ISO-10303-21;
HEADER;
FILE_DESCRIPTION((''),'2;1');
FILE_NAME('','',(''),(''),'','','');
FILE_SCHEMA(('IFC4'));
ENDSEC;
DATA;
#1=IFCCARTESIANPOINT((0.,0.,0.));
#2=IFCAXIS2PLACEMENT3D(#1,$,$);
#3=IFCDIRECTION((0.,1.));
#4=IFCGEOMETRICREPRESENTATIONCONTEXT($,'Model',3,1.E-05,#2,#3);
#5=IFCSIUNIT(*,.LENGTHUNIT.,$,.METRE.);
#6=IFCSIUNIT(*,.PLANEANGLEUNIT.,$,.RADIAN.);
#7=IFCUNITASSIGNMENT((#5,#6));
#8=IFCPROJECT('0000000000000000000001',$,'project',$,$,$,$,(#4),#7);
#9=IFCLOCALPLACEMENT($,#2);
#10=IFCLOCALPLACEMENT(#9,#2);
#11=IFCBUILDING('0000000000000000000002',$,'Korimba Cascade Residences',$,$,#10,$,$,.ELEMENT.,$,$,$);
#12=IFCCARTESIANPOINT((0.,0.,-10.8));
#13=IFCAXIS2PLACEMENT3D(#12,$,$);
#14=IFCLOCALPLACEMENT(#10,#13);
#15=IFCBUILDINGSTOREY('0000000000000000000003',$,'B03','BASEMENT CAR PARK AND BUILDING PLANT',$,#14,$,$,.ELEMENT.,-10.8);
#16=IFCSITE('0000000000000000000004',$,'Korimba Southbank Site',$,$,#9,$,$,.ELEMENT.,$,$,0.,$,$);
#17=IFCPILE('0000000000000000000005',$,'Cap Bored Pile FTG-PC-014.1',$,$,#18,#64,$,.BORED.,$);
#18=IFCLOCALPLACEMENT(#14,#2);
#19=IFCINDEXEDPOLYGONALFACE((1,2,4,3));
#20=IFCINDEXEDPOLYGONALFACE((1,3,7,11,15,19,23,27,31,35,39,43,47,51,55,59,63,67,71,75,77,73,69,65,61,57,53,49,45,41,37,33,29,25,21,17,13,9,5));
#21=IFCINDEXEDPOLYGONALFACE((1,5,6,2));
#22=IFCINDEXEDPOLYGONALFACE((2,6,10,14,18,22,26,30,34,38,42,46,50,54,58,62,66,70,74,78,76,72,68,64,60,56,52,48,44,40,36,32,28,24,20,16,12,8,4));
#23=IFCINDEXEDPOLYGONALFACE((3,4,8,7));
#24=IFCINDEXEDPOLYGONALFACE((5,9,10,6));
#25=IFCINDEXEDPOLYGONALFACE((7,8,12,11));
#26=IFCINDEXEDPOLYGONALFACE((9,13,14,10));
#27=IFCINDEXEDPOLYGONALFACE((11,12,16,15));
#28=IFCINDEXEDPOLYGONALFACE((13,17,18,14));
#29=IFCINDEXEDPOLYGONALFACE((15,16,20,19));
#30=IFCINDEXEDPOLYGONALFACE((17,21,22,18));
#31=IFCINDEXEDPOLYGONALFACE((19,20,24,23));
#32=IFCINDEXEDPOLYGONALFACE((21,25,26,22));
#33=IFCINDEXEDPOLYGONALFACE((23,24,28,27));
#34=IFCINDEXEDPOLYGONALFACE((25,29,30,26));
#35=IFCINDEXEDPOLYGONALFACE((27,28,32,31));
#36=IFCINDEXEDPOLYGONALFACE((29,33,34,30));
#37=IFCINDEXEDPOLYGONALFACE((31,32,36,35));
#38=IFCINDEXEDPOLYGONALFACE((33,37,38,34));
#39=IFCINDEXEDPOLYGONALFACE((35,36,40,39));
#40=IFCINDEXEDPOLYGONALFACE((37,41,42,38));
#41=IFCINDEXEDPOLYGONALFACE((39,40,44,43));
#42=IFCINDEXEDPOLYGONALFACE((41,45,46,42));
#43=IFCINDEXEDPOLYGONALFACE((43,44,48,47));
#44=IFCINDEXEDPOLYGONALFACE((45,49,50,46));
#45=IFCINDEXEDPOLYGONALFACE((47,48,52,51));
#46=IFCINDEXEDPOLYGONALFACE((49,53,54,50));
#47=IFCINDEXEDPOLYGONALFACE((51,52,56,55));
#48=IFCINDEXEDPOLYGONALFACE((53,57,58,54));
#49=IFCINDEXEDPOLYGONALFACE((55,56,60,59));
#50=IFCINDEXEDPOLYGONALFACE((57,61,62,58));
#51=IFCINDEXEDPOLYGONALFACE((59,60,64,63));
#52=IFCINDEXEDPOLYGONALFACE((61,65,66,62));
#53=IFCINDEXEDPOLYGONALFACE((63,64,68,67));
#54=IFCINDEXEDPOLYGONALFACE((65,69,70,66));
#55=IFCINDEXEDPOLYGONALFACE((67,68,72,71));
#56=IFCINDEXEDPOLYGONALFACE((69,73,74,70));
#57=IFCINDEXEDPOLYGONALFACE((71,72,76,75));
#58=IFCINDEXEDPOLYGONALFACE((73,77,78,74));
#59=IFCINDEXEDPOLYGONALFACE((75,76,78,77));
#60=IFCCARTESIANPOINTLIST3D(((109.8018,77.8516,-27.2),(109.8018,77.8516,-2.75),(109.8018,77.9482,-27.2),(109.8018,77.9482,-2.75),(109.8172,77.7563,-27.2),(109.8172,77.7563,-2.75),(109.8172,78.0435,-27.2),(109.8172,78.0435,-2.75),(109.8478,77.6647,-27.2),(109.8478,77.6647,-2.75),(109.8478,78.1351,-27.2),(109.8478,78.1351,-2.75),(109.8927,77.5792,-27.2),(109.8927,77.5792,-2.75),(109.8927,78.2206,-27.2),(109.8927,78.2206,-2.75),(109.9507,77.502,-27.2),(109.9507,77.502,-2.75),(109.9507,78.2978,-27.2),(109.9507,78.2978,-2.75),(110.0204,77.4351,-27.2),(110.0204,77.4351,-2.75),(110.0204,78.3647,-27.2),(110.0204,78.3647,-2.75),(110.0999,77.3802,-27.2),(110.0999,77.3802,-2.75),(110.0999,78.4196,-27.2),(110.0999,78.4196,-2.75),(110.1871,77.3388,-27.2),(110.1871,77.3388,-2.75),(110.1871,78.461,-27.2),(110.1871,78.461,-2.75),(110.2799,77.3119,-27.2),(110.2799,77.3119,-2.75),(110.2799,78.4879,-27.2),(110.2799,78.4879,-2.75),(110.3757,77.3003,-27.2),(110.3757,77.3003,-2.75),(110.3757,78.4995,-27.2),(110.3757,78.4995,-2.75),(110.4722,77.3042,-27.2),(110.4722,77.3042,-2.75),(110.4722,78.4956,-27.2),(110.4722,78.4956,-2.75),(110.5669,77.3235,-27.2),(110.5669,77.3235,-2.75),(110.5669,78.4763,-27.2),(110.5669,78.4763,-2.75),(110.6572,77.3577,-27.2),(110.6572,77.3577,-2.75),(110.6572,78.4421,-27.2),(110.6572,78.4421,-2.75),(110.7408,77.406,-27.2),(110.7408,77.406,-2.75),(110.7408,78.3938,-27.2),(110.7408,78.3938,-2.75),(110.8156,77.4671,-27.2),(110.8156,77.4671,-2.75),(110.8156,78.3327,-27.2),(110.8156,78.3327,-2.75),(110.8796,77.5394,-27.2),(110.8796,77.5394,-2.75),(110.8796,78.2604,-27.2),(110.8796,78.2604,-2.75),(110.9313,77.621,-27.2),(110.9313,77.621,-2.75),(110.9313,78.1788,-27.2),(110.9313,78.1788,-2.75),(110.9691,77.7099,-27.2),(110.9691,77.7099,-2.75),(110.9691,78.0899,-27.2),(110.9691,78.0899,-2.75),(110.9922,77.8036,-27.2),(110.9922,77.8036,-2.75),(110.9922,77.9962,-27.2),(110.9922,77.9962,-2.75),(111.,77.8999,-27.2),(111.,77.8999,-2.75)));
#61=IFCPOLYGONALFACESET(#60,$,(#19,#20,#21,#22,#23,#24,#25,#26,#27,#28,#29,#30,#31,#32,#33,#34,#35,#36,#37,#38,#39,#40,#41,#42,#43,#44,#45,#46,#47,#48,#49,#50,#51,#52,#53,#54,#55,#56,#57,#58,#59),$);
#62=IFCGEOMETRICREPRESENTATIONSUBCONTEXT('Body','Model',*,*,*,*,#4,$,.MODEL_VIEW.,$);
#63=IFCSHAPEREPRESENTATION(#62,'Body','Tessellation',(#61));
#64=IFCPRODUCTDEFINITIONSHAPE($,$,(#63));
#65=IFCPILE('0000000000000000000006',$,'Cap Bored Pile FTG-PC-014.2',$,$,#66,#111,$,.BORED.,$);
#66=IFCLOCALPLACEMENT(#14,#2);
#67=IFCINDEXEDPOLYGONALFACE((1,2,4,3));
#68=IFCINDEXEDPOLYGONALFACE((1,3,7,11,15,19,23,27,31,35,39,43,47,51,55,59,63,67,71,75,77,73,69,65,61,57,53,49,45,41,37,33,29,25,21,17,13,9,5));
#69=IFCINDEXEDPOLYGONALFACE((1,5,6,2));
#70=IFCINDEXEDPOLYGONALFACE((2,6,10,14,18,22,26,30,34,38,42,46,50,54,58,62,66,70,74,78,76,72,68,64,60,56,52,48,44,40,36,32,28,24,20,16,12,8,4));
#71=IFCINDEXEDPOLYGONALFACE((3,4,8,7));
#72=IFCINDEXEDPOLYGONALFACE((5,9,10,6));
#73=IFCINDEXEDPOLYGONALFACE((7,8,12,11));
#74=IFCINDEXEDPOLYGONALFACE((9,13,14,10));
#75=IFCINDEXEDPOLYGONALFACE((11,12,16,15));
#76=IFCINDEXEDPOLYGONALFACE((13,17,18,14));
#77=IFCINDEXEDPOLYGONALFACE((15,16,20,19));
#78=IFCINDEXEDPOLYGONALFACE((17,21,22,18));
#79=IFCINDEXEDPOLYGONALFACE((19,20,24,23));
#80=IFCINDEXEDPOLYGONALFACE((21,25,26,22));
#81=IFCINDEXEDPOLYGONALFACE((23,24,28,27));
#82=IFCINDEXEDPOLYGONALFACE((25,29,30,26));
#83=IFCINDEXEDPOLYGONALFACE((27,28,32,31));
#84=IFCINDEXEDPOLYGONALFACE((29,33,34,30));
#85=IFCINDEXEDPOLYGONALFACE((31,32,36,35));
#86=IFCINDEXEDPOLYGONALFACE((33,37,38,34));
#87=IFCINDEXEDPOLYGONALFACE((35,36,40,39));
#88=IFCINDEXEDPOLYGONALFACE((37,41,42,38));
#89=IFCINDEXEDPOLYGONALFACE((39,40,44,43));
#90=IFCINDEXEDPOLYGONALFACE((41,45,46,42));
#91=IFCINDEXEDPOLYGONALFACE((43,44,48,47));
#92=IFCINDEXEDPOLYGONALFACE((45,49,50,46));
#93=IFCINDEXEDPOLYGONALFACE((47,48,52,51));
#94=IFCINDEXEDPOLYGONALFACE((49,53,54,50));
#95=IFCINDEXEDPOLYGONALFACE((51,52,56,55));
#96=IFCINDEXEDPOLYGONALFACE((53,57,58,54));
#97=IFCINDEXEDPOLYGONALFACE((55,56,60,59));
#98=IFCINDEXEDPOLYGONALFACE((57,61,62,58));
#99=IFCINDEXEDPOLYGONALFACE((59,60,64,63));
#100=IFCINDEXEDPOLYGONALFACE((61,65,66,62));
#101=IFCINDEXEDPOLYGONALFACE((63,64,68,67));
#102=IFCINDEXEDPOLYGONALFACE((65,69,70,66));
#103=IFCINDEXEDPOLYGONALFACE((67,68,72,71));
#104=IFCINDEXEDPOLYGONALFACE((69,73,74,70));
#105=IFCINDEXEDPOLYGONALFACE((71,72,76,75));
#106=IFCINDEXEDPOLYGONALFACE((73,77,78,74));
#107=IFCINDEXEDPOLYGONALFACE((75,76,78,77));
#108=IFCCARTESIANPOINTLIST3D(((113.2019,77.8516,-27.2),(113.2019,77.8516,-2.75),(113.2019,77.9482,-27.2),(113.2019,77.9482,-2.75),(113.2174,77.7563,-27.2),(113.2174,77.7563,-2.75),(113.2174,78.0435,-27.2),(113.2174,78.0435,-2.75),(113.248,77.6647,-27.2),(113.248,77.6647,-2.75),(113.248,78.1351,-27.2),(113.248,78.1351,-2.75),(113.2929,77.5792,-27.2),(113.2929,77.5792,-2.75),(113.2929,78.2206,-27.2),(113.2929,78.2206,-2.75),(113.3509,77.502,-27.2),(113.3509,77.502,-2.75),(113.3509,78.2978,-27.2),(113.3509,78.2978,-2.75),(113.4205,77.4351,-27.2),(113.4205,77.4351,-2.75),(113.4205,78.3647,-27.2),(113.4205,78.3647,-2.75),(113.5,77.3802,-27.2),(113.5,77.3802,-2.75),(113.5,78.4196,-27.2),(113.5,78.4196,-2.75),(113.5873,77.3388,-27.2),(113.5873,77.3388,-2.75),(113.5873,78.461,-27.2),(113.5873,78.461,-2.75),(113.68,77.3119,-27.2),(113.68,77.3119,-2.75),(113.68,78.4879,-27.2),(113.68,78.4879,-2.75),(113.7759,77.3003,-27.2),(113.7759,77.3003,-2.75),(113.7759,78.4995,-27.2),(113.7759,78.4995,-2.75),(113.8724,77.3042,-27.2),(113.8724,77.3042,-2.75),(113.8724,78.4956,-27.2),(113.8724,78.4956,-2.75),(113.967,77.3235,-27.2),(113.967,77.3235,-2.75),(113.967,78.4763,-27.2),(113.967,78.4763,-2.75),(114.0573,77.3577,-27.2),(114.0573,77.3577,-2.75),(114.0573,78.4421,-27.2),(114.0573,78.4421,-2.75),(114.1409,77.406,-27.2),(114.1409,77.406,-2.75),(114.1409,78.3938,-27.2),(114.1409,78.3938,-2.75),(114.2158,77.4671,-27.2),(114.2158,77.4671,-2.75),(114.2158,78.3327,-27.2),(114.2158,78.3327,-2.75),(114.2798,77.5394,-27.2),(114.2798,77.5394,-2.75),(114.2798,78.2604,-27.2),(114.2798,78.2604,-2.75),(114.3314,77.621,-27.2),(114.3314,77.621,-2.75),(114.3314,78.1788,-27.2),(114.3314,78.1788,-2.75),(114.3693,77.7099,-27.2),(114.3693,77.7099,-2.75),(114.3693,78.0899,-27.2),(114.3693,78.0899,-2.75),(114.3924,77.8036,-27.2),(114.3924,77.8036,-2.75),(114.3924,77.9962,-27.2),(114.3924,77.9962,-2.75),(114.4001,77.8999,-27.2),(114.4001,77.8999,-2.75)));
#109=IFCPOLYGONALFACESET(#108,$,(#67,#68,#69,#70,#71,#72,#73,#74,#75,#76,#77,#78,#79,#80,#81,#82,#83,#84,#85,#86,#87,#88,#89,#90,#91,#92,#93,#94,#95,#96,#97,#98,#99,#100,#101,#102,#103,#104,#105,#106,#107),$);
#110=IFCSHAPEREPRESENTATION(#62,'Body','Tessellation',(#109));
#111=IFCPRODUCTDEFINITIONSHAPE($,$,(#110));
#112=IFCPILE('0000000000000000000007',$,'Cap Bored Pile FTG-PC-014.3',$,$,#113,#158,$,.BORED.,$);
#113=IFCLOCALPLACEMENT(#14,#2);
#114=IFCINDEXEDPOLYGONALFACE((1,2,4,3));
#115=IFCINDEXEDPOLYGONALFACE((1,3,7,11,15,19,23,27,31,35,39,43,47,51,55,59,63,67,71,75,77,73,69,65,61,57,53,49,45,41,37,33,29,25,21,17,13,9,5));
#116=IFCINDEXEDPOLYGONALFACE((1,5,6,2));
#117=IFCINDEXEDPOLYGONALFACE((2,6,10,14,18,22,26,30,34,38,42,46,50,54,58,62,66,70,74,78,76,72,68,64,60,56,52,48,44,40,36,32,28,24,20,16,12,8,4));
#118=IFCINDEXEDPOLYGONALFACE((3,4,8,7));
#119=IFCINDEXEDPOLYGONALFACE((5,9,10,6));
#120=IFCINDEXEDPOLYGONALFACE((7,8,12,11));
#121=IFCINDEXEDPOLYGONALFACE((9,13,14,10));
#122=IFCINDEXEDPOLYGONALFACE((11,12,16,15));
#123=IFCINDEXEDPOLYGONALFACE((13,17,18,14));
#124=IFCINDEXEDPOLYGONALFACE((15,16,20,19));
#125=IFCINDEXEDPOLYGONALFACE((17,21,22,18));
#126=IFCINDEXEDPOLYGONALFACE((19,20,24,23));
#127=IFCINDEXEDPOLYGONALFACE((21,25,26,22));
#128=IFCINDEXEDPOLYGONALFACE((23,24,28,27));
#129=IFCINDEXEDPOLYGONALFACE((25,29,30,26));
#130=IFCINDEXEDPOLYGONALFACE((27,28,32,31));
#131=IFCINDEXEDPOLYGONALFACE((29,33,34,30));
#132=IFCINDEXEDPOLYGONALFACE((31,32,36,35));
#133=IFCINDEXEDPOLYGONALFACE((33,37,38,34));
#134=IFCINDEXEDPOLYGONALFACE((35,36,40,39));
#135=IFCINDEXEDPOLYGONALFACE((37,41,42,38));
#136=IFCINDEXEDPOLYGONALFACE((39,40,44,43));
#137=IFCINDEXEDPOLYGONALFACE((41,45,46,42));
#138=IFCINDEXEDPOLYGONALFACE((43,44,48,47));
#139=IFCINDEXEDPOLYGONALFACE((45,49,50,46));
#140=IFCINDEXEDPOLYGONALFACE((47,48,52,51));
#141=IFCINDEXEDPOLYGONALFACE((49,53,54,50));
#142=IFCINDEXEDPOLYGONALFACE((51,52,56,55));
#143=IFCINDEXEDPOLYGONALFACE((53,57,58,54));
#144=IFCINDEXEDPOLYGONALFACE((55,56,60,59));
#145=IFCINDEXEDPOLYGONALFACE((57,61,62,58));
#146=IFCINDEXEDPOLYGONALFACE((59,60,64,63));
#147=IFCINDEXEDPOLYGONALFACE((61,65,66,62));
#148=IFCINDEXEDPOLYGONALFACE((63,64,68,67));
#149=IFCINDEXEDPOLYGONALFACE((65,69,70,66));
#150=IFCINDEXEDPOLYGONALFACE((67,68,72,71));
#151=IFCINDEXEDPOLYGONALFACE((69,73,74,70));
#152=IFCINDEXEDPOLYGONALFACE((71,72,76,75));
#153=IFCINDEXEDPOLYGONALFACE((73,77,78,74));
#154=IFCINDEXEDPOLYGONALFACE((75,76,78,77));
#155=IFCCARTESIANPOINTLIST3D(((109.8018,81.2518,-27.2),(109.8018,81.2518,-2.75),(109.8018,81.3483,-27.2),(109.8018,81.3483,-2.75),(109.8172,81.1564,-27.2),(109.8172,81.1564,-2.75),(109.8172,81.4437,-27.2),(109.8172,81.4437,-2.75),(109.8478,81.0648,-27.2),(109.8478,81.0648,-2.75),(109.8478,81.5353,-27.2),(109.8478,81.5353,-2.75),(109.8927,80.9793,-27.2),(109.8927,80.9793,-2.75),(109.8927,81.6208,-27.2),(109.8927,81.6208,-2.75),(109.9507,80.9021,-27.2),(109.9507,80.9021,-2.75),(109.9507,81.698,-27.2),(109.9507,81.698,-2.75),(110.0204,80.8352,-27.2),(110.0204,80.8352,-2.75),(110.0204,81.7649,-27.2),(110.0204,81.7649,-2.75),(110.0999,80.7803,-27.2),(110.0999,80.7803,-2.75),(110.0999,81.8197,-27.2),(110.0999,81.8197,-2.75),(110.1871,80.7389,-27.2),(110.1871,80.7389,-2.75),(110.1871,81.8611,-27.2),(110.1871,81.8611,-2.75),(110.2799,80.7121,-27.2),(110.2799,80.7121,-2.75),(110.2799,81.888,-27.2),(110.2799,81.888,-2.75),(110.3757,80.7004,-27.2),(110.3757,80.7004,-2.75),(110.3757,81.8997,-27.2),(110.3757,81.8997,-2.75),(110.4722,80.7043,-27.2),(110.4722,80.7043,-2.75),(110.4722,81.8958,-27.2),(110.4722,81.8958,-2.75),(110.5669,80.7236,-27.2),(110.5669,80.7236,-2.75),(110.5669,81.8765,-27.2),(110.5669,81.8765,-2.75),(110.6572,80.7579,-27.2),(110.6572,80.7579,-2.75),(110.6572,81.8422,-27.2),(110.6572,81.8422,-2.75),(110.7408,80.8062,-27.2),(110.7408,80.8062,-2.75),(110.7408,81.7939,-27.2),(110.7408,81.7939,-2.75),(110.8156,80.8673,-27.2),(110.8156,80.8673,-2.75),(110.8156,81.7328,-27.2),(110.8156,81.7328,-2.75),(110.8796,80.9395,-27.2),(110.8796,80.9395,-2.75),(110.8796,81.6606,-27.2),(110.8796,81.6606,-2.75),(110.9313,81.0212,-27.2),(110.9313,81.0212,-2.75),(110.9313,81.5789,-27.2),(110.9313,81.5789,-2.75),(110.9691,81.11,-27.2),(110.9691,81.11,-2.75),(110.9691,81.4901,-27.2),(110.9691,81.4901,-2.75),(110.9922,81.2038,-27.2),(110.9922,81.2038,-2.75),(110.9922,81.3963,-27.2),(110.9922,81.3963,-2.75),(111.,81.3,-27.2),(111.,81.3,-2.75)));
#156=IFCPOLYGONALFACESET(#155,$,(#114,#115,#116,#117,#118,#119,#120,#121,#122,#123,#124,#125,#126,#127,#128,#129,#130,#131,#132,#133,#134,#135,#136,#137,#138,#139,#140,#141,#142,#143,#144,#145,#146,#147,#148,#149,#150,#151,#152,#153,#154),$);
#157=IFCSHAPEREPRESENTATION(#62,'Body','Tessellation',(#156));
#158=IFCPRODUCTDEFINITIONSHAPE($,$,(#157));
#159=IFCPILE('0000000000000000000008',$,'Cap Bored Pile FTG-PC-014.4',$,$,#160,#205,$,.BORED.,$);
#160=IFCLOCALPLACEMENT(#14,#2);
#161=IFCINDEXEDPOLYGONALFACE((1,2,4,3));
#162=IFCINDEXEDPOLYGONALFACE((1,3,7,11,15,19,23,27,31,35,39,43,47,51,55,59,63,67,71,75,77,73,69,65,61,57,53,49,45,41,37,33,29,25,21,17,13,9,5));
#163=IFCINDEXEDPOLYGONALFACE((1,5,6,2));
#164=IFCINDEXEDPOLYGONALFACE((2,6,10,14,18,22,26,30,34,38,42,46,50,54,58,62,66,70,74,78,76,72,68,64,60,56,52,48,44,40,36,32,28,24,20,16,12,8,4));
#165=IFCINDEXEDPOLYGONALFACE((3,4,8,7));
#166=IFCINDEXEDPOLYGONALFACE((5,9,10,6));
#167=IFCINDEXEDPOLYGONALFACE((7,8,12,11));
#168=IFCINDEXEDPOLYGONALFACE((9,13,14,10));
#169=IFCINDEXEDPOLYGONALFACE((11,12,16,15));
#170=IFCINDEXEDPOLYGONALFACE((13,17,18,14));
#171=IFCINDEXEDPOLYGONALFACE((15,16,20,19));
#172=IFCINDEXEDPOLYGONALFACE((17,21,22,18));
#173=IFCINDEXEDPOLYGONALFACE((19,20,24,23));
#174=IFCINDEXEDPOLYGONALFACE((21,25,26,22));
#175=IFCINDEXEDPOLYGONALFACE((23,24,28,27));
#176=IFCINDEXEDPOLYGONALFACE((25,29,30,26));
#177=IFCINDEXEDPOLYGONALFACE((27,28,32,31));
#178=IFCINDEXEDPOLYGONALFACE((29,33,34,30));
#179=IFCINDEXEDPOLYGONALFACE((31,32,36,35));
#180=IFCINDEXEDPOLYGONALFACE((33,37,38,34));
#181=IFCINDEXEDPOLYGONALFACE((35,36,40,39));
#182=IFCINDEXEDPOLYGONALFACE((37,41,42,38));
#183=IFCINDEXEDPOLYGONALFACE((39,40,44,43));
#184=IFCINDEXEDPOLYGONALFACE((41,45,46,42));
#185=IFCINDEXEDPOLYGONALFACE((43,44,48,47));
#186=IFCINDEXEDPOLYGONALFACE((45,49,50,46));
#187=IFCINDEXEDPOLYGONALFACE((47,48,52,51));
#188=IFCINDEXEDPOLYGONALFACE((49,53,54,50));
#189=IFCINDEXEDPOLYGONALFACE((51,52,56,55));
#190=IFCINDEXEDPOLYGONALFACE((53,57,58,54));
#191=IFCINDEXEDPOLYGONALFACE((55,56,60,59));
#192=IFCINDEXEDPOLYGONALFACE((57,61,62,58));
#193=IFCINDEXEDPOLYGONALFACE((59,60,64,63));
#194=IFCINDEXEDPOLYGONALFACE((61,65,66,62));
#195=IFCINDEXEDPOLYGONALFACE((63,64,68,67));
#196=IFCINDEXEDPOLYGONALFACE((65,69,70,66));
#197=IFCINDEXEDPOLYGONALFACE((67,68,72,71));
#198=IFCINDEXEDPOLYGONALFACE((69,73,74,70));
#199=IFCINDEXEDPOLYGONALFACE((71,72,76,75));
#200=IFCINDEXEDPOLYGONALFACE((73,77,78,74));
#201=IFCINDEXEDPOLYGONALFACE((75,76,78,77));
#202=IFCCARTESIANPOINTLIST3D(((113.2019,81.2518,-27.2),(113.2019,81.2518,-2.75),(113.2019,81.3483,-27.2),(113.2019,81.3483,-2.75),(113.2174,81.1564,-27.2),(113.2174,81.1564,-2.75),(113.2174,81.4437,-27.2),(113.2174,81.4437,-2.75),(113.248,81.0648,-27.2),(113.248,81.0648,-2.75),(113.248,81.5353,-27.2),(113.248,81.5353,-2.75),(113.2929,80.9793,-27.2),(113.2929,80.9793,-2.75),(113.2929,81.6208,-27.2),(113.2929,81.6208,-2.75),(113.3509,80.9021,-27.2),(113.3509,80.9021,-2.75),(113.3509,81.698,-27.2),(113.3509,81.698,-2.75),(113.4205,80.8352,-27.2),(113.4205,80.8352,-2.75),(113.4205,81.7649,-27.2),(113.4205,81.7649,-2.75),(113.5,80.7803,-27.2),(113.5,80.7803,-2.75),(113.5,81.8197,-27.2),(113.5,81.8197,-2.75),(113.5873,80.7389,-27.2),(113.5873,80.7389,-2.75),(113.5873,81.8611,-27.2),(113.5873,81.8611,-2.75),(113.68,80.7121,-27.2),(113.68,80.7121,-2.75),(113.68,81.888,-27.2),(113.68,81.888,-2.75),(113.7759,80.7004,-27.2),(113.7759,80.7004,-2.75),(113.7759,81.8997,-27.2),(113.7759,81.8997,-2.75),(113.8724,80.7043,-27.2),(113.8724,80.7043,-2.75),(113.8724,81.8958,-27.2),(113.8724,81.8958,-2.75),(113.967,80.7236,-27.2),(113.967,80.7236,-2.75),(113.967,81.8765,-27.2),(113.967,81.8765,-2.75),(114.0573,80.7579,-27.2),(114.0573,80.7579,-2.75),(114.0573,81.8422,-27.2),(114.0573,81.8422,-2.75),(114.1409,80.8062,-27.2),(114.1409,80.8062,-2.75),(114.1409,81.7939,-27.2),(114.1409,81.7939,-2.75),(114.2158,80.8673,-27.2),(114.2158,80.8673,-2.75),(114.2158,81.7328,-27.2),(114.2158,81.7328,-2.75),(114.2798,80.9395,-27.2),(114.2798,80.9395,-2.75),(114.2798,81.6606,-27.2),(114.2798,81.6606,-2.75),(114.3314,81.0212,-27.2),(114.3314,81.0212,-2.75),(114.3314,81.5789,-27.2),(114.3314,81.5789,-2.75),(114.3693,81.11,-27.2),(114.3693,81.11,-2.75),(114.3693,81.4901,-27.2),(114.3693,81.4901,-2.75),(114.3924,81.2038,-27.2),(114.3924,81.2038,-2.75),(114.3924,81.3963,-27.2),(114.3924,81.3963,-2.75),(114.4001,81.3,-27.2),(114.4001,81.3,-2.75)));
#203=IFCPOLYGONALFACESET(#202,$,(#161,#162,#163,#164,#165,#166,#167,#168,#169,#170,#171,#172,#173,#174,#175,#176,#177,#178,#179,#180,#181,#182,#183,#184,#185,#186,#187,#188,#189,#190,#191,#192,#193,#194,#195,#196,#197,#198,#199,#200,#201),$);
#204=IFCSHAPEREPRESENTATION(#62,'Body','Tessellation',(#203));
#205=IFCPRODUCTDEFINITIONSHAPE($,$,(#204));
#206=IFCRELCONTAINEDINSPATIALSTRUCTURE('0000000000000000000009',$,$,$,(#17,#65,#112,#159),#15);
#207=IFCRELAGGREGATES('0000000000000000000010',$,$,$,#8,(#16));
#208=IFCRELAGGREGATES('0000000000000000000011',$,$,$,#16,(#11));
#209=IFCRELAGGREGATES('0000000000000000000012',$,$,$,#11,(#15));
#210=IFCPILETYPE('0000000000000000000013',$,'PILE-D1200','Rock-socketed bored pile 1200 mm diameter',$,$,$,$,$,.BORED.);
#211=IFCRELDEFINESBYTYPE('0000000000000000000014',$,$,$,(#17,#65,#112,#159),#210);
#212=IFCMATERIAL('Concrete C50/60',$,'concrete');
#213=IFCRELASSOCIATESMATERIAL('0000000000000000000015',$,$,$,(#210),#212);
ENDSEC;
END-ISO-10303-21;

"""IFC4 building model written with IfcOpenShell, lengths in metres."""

from ifc_helpers import new_model, si_unit, direction, frame, origin, origin_2d, place, context, subcontext, project, spatial, circle, extrude, material, material_profile, profile_set, type_object, element, save


model = new_model("IFC4")

# Units and contexts
model_context = context("Model", 3, precision=1e-05, world=origin(), true_north=direction((0.0, 1.0)))
body_context = subcontext(model_context, "Body", "Model", "MODEL_VIEW")
ifc_project = project(units=[si_unit("LENGTHUNIT", "METRE"), si_unit("PLANEANGLEUNIT", "RADIAN")], contexts=[model_context])

# Site, building, storey
site_placement = place(None, origin())
site = spatial("IfcSite", under=ifc_project, at=site_placement, Name="Korimba Southbank Site", CompositionType="ELEMENT", RefElevation=0.0)
building_placement = place(site_placement, origin())
building = spatial("IfcBuilding", under=site, at=building_placement, Name="Korimba Cascade Residences", CompositionType="ELEMENT")
storey_placement = place(building_placement, frame((0.0, 0.0, -10.8)))
storey = spatial("IfcBuildingStorey", under=building, at=storey_placement, Name="B03", Description="BASEMENT CAR PARK AND BUILDING PLANT", CompositionType="ELEMENT", Elevation=-10.8)

# Piles
ifc_material_1 = material(Name="Concrete C50/60", Category="concrete")
ifc_material_profile_1 = material_profile(ifc_material_1, circle(Radius=0.6001, at=origin_2d()), Name="Concrete C50/60")
ifc_profile_set_1 = profile_set([ifc_material_profile_1], Name="Concrete C50/60")
pile_type = type_object("IfcPileType", Name="PILE-D1200", Description="Rock-socketed bored pile 1200 mm diameter", PredefinedType="BORED", material=ifc_profile_set_1)
for number, where, z_axis, x_axis, name in (
    (1, (110.3999, 77.8999, -2.75), (0.0, 0.0, -1.0), (1.0, 0.0, 0.0), "Cap Bored Pile FTG-PC-014.1"),
    (2, (113.8, 77.8999, -2.75), (0.0, 0.0, -1.0), (1.0, 0.0, 0.0), "Cap Bored Pile FTG-PC-014.2"),
    (3, (110.3999, 81.3, -2.75), (0.0, 0.0, -1.0), (1.0, 0.0, 0.0), "Cap Bored Pile FTG-PC-014.3"),
    (4, (113.8, 81.3, -2.75), (0.0, 0.0, -1.0), (1.0, 0.0, 0.0), "Cap Bored Pile FTG-PC-014.4"),
):
    element("IfcPile", number, at=place(storey_placement, frame(where, z_axis=z_axis, x_axis=x_axis)), inside=storey, type_object=pile_type, Name=name, PredefinedType="BORED", context=body_context, shape_type="SweptSolid", body=[
        extrude(circle(Radius=0.6001, at=origin_2d()), origin(), (0.0, 0.0, 1.0), 24.45),
    ])

save(model, "model.ifc")
